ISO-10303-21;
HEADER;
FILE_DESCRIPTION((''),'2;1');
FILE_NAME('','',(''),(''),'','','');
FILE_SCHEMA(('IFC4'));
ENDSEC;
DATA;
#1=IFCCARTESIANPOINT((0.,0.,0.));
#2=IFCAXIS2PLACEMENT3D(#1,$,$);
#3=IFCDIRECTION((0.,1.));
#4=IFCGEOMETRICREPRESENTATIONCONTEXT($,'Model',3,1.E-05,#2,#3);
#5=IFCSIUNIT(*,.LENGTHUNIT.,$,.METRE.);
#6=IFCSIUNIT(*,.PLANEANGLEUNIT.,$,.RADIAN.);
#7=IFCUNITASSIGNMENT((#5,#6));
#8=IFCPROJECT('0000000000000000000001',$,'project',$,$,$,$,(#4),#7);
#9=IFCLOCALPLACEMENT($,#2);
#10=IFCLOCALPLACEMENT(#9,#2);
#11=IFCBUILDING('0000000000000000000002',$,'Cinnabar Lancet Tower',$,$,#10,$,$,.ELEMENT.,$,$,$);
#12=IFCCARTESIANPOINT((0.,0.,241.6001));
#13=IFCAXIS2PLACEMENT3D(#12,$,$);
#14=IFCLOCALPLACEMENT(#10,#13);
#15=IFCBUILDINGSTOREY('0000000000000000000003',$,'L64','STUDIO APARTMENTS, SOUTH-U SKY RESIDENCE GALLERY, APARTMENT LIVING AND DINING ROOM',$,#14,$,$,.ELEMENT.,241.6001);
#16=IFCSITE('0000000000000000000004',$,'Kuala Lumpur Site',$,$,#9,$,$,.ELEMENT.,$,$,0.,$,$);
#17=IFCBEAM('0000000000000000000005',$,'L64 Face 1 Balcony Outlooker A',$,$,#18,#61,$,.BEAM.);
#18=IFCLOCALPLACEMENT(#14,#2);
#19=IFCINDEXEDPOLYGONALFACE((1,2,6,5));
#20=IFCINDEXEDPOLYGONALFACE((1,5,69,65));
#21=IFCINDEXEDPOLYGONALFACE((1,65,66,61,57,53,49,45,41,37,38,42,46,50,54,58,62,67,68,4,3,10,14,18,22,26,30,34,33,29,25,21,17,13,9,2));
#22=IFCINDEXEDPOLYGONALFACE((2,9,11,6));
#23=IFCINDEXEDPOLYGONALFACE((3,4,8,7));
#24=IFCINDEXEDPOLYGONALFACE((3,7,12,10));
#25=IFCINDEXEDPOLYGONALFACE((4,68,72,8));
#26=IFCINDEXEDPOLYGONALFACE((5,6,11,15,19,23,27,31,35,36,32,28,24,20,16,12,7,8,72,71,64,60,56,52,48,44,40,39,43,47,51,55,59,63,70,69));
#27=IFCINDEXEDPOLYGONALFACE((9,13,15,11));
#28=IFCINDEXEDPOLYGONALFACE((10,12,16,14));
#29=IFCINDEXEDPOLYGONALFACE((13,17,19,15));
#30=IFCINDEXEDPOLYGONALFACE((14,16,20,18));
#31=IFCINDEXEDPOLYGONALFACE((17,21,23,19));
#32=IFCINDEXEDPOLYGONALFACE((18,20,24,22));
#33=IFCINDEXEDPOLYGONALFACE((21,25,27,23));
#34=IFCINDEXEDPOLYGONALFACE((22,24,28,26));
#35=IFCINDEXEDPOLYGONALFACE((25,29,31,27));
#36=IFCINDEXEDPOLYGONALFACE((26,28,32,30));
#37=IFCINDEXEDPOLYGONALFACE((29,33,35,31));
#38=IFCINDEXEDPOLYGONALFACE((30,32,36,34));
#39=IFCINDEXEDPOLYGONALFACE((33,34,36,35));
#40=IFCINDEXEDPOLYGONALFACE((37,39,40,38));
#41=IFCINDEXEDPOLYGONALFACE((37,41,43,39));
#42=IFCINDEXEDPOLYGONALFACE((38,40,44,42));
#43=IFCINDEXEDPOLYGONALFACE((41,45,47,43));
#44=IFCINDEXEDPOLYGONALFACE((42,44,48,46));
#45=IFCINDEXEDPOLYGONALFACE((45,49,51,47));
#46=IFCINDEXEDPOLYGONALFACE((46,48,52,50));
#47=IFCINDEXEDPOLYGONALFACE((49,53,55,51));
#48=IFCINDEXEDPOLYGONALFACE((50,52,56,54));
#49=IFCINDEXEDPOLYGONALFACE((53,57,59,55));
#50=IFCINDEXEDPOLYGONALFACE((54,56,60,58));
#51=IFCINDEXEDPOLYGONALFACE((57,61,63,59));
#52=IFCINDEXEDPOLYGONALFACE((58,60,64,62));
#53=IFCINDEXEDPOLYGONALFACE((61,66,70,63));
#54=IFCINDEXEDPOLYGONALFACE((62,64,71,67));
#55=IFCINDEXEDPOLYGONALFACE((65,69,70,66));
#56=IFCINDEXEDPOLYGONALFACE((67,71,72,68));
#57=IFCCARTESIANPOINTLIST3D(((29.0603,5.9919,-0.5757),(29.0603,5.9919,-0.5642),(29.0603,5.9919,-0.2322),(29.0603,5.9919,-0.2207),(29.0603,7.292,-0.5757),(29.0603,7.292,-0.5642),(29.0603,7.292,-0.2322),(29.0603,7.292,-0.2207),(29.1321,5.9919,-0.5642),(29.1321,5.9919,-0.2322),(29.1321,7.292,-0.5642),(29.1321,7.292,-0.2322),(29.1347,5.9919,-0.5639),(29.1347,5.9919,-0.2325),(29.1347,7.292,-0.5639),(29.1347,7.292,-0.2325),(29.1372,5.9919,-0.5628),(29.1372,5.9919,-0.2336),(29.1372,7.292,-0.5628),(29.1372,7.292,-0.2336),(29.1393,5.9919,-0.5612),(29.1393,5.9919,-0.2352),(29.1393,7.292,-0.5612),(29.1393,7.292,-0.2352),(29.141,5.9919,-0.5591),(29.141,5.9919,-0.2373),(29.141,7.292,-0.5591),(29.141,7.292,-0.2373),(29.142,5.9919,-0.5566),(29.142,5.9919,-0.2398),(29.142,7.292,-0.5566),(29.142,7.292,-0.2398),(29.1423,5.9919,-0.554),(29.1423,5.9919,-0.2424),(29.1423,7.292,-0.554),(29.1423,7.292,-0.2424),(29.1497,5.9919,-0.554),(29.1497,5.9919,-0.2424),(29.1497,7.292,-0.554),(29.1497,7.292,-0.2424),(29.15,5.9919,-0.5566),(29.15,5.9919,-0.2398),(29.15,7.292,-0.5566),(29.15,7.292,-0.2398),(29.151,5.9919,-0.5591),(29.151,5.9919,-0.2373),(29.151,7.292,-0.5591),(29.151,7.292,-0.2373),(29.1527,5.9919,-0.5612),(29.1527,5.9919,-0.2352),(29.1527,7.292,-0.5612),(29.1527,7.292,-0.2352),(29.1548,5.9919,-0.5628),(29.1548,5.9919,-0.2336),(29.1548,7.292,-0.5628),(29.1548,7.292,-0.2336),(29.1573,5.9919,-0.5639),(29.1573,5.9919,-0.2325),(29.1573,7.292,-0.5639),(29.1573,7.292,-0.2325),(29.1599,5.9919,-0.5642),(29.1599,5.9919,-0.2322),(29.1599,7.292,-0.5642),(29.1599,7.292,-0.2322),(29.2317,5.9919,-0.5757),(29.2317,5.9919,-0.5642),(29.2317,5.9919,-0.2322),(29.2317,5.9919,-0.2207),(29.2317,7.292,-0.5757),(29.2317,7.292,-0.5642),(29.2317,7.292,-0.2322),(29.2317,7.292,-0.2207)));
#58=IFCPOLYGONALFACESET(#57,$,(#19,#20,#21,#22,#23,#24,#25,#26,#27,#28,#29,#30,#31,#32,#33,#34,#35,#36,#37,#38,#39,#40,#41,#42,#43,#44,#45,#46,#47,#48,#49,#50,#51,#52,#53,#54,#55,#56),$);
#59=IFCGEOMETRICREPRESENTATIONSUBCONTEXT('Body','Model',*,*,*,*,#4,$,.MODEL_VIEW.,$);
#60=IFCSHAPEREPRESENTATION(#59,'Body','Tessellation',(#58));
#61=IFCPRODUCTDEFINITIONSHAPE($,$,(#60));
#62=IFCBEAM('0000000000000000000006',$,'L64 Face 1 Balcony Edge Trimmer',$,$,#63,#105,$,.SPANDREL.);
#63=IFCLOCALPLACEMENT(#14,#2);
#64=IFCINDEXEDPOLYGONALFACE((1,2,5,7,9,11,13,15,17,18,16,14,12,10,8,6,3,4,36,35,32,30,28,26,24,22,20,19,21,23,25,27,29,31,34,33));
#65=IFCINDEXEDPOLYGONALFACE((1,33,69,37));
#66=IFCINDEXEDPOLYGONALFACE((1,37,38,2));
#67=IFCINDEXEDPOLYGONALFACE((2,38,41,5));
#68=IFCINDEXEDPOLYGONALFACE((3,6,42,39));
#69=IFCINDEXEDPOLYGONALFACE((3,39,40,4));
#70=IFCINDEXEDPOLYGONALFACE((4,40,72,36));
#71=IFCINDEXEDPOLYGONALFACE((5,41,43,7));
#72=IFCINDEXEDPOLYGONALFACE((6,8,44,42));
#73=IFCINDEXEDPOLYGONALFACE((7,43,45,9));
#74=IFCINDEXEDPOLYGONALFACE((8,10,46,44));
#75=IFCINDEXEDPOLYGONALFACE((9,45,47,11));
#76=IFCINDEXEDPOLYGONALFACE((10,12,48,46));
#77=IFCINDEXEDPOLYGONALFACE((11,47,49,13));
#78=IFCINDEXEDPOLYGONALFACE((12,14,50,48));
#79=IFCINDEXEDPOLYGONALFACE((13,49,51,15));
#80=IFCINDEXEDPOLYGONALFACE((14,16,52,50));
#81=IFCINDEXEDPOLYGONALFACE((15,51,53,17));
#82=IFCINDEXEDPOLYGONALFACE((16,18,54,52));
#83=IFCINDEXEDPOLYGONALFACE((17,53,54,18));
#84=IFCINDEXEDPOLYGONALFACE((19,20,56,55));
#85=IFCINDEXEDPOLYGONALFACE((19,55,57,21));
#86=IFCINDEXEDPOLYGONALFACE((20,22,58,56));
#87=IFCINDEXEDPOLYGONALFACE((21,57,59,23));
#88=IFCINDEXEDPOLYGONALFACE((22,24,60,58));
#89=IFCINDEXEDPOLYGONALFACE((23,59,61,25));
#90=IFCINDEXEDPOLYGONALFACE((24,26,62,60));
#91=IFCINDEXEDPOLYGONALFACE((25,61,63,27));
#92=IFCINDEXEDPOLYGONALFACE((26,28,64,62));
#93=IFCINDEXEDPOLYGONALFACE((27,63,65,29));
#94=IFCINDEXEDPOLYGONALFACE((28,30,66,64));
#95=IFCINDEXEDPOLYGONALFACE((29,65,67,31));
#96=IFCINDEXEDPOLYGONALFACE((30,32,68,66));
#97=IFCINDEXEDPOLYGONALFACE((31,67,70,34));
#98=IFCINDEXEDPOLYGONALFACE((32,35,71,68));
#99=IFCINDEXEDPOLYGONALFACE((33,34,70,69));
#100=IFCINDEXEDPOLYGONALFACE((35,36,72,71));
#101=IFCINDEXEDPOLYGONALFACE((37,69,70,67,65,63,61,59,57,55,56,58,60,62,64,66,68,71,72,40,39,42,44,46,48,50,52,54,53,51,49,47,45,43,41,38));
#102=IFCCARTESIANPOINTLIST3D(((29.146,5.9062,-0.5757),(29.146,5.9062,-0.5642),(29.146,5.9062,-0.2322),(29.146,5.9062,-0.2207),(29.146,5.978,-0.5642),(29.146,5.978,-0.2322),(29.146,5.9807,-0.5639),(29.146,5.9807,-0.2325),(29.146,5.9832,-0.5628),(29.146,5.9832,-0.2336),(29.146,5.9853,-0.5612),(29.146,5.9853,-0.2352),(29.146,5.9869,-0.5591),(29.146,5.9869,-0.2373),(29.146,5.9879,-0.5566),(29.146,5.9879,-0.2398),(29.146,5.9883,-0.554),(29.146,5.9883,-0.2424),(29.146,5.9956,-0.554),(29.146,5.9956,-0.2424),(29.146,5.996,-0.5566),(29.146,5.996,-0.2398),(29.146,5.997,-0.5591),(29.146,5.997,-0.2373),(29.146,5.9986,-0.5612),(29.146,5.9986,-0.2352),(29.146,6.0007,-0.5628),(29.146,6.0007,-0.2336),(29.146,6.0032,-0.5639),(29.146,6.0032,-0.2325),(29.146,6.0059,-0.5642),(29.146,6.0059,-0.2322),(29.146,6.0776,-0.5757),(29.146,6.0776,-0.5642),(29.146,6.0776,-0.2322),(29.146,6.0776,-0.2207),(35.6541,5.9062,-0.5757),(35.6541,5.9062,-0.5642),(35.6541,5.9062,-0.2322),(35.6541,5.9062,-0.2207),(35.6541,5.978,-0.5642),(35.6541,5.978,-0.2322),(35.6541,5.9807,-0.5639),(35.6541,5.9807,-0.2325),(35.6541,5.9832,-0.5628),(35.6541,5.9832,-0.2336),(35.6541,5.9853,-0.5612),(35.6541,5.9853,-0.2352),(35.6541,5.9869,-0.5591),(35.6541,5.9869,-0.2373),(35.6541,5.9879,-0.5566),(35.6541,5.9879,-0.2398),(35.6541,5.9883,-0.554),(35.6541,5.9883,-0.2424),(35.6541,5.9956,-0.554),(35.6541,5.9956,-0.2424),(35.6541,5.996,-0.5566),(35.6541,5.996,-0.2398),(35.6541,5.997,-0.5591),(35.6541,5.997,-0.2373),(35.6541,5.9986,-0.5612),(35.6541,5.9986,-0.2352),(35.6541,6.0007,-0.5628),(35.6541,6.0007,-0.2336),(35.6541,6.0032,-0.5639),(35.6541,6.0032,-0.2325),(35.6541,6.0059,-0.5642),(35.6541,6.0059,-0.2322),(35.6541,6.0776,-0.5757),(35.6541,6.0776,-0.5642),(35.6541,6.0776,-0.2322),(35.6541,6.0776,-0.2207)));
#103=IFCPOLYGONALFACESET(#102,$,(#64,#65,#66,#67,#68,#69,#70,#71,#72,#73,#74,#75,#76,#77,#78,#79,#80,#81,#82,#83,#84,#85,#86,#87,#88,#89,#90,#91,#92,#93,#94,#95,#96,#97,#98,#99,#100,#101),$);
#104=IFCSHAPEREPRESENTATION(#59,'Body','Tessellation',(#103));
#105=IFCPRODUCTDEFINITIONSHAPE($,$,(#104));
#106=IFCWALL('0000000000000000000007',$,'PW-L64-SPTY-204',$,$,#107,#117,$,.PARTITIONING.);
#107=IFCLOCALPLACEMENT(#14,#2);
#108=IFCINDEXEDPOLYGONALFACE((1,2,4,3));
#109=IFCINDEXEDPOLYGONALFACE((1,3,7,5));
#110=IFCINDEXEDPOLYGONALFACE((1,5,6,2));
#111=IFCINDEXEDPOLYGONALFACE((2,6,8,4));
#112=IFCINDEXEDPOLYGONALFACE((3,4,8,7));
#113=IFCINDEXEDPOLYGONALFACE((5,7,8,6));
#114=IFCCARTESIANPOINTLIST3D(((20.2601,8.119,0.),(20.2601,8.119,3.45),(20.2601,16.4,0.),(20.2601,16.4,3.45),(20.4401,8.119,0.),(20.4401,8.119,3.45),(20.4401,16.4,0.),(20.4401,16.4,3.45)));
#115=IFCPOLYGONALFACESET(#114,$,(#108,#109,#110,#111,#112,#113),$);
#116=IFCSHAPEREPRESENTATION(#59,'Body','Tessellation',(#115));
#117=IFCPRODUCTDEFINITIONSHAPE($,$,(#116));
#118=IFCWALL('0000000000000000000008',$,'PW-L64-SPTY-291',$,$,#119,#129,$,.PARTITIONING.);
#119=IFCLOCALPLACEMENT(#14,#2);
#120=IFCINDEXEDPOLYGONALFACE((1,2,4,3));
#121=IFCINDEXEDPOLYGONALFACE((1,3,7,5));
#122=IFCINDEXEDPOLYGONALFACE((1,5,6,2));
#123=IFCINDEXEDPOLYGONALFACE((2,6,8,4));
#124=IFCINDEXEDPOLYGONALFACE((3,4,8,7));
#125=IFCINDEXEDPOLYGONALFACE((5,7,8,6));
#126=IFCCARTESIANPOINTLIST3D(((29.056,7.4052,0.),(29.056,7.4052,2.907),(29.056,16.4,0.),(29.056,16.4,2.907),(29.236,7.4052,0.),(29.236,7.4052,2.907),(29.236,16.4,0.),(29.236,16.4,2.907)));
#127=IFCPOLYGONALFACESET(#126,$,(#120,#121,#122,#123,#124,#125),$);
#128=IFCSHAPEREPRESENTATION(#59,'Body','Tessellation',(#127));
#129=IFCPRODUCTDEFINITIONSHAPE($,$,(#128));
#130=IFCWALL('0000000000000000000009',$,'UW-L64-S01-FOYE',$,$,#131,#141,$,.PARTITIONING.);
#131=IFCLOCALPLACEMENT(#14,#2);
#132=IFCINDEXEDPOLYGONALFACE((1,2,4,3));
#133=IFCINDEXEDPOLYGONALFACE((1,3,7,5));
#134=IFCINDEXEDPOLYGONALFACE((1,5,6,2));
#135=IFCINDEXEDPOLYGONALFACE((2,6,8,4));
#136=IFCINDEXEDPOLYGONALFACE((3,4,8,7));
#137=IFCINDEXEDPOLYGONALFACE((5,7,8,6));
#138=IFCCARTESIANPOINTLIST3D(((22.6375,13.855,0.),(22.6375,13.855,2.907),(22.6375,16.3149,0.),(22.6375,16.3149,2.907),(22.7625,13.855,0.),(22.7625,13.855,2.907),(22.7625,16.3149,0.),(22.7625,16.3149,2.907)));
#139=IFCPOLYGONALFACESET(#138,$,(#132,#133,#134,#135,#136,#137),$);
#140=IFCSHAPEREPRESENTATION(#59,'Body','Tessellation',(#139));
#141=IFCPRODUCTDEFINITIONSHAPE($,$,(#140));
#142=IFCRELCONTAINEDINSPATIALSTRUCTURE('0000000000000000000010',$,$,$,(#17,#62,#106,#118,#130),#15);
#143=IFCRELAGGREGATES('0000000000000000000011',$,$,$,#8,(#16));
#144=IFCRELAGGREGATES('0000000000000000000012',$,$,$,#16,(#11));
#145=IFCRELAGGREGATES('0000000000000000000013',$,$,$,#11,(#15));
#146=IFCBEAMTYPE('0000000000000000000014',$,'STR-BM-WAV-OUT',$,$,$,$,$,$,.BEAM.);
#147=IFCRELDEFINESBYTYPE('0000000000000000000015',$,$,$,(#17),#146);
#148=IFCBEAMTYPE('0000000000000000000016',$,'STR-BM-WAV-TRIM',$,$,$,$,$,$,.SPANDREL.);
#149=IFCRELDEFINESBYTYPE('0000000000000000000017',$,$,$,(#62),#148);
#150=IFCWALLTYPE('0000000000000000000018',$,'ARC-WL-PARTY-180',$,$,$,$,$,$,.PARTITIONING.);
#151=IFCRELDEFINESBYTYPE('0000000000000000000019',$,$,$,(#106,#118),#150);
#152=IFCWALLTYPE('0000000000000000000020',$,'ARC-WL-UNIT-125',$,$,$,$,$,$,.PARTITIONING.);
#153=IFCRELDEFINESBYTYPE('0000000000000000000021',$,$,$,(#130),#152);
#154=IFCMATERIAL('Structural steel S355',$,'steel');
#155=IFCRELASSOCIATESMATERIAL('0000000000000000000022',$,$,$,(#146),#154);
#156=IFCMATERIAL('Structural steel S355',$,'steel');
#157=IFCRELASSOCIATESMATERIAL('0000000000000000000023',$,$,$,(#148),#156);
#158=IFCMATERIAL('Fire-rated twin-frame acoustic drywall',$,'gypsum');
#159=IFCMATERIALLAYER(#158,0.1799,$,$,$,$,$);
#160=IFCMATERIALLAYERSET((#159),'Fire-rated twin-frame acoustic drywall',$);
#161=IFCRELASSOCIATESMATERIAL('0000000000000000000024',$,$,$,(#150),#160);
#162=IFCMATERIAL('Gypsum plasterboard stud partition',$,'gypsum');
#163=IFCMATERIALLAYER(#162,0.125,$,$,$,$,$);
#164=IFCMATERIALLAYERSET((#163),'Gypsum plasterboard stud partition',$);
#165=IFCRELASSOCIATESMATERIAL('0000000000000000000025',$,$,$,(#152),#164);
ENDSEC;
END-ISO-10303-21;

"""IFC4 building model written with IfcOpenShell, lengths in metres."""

from ifc_helpers import new_model, si_unit, direction, frame, frame_2d, origin, origin_2d, place, context, subcontext, project, spatial, rectangle, i_section, extrude, material, layer, layer_set, material_profile, profile_set, type_object, element, save


model = new_model("IFC4")

# Units and contexts
model_context = context("Model", 3, precision=1e-05, world=origin(), true_north=direction((0.0, 1.0)))
body_context = subcontext(model_context, "Body", "Model", "MODEL_VIEW")
ifc_project = project(units=[si_unit("LENGTHUNIT", "METRE"), si_unit("PLANEANGLEUNIT", "RADIAN")], contexts=[model_context])

# Site, building, storey
site_placement = place(None, origin())
site = spatial("IfcSite", under=ifc_project, at=site_placement, Name="Kuala Lumpur Site", CompositionType="ELEMENT", RefElevation=0.0)
building_placement = place(site_placement, origin())
building = spatial("IfcBuilding", under=site, at=building_placement, Name="Cinnabar Lancet Tower", CompositionType="ELEMENT")
storey_placement = place(building_placement, frame((0.0, 0.0, 241.6001)))
storey = spatial("IfcBuildingStorey", under=building, at=storey_placement, Name="L64", Description="STUDIO APARTMENTS, SOUTH-U SKY RESIDENCE GALLERY, APARTMENT LIVING AND DINING ROOM", CompositionType="ELEMENT", Elevation=241.6001)

# Beams
ifc_material_1 = material(Name="Structural steel S355", Category="steel")
ifc_material_profile_1 = material_profile(ifc_material_1, i_section(OverallWidth=0.1714, OverallDepth=0.355, WebThickness=0.0073, FlangeThickness=0.0115, FilletRadius=0.0103, at=origin_2d()), Name="UKB 356x171x51")
ifc_profile_set_1 = profile_set([ifc_material_profile_1], Name="Structural steel S355")
beam_type_1 = type_object("IfcBeamType", Name="STR-BM-WAV-OUT", PredefinedType="BEAM", material=ifc_profile_set_1)
beam_1_placement = place(storey_placement, frame((29.146, 7.292, -0.3982), z_axis=(0.0, -1.0, 0.0), x_axis=(1.0, 0.0, 0.0)))
element("IfcBeam", 1, at=beam_1_placement, inside=storey, type_object=beam_type_1, Name="L64 Face 1 Balcony Outlooker A", PredefinedType="BEAM", context=body_context, shape_type="SweptSolid", body=[
    extrude(i_section(OverallWidth=0.1714, OverallDepth=0.355, WebThickness=0.0073, FlangeThickness=0.0115, FilletRadius=0.0103, at=origin_2d()), origin(), (0.0, 0.0, 1.0), 1.3),
])
ifc_material_2 = material(Name="Structural steel S355", Category="steel")
ifc_material_profile_2 = material_profile(ifc_material_2, i_section(OverallWidth=0.1714, OverallDepth=0.355, WebThickness=0.0073, FlangeThickness=0.0115, FilletRadius=0.0103, at=origin_2d()), Name="UKB 356x171x51")
ifc_profile_set_2 = profile_set([ifc_material_profile_2], Name="Structural steel S355")
beam_type_2 = type_object("IfcBeamType", Name="STR-BM-WAV-TRIM", PredefinedType="SPANDREL", material=ifc_profile_set_2)
beam_2_placement = place(storey_placement, frame((29.146, 5.9919, -0.3982), z_axis=(1.0, 0.0, 0.0), x_axis=(0.0, 1.0, 0.0)))
element("IfcBeam", 2, at=beam_2_placement, inside=storey, type_object=beam_type_2, Name="L64 Face 1 Balcony Edge Trimmer", PredefinedType="SPANDREL", context=body_context, shape_type="SweptSolid", body=[
    extrude(i_section(OverallWidth=0.1714, OverallDepth=0.355, WebThickness=0.0073, FlangeThickness=0.0115, FilletRadius=0.0103, at=origin_2d()), origin(), (0.0, 0.0, 1.0), 6.5081),
])

# Walls
ifc_material_3 = material(Name="Fire-rated twin-frame acoustic drywall", Category="gypsum")
ifc_layer_1 = layer(ifc_material_3, 0.1799)
ifc_layer_set_1 = layer_set([ifc_layer_1], Name="Fire-rated twin-frame acoustic drywall")
wall_type_1 = type_object("IfcWallType", Name="ARC-WL-PARTY-180", PredefinedType="PARTITIONING", material=ifc_layer_set_1)
wall_1_placement = place(storey_placement, frame((20.3501, 8.1189, 0.0), z_axis=(0.0, 0.0, 1.0), x_axis=(0.0, 1.0, 0.0)))
element("IfcWall", 3, at=wall_1_placement, inside=storey, type_object=wall_type_1, Name="PW-L64-SPTY-204", PredefinedType="PARTITIONING", context=body_context, shape_type="SweptSolid", body=[
    extrude(rectangle(XDim=8.281, YDim=0.1799, at=frame_2d((4.1406, 0.0))), origin(), (0.0, 0.0, 1.0), 3.45),
])
wall_2_placement = place(storey_placement, frame((29.146, 7.405, 0.0), z_axis=(0.0, 0.0, 1.0), x_axis=(0.0, 1.0, 0.0)))
element("IfcWall", 4, at=wall_2_placement, inside=storey, type_object=wall_type_1, Name="PW-L64-SPTY-291", PredefinedType="PARTITIONING", context=body_context, shape_type="SweptSolid", body=[
    extrude(rectangle(XDim=8.9949, YDim=0.1799, at=frame_2d((4.4976, 0.0))), origin(), (0.0, 0.0, 1.0), 2.907),
])
ifc_material_4 = material(Name="Gypsum plasterboard stud partition", Category="gypsum")
ifc_layer_2 = layer(ifc_material_4, 0.125)
ifc_layer_set_2 = layer_set([ifc_layer_2], Name="Gypsum plasterboard stud partition")
wall_type_2 = type_object("IfcWallType", Name="ARC-WL-UNIT-125", PredefinedType="PARTITIONING", material=ifc_layer_set_2)
wall_3_placement = place(storey_placement, frame((22.7, 13.855, 0.0), z_axis=(0.0, 0.0, 1.0), x_axis=(0.0, 1.0, 0.0)))
element("IfcWall", 5, at=wall_3_placement, inside=storey, type_object=wall_type_2, Name="UW-L64-S01-FOYE", PredefinedType="PARTITIONING", context=body_context, shape_type="SweptSolid", body=[
    extrude(rectangle(XDim=2.46, YDim=0.125, at=frame_2d((1.23, 0.0))), origin(), (0.0, 0.0, 1.0), 2.907),
])

save(model, "model.ifc")
